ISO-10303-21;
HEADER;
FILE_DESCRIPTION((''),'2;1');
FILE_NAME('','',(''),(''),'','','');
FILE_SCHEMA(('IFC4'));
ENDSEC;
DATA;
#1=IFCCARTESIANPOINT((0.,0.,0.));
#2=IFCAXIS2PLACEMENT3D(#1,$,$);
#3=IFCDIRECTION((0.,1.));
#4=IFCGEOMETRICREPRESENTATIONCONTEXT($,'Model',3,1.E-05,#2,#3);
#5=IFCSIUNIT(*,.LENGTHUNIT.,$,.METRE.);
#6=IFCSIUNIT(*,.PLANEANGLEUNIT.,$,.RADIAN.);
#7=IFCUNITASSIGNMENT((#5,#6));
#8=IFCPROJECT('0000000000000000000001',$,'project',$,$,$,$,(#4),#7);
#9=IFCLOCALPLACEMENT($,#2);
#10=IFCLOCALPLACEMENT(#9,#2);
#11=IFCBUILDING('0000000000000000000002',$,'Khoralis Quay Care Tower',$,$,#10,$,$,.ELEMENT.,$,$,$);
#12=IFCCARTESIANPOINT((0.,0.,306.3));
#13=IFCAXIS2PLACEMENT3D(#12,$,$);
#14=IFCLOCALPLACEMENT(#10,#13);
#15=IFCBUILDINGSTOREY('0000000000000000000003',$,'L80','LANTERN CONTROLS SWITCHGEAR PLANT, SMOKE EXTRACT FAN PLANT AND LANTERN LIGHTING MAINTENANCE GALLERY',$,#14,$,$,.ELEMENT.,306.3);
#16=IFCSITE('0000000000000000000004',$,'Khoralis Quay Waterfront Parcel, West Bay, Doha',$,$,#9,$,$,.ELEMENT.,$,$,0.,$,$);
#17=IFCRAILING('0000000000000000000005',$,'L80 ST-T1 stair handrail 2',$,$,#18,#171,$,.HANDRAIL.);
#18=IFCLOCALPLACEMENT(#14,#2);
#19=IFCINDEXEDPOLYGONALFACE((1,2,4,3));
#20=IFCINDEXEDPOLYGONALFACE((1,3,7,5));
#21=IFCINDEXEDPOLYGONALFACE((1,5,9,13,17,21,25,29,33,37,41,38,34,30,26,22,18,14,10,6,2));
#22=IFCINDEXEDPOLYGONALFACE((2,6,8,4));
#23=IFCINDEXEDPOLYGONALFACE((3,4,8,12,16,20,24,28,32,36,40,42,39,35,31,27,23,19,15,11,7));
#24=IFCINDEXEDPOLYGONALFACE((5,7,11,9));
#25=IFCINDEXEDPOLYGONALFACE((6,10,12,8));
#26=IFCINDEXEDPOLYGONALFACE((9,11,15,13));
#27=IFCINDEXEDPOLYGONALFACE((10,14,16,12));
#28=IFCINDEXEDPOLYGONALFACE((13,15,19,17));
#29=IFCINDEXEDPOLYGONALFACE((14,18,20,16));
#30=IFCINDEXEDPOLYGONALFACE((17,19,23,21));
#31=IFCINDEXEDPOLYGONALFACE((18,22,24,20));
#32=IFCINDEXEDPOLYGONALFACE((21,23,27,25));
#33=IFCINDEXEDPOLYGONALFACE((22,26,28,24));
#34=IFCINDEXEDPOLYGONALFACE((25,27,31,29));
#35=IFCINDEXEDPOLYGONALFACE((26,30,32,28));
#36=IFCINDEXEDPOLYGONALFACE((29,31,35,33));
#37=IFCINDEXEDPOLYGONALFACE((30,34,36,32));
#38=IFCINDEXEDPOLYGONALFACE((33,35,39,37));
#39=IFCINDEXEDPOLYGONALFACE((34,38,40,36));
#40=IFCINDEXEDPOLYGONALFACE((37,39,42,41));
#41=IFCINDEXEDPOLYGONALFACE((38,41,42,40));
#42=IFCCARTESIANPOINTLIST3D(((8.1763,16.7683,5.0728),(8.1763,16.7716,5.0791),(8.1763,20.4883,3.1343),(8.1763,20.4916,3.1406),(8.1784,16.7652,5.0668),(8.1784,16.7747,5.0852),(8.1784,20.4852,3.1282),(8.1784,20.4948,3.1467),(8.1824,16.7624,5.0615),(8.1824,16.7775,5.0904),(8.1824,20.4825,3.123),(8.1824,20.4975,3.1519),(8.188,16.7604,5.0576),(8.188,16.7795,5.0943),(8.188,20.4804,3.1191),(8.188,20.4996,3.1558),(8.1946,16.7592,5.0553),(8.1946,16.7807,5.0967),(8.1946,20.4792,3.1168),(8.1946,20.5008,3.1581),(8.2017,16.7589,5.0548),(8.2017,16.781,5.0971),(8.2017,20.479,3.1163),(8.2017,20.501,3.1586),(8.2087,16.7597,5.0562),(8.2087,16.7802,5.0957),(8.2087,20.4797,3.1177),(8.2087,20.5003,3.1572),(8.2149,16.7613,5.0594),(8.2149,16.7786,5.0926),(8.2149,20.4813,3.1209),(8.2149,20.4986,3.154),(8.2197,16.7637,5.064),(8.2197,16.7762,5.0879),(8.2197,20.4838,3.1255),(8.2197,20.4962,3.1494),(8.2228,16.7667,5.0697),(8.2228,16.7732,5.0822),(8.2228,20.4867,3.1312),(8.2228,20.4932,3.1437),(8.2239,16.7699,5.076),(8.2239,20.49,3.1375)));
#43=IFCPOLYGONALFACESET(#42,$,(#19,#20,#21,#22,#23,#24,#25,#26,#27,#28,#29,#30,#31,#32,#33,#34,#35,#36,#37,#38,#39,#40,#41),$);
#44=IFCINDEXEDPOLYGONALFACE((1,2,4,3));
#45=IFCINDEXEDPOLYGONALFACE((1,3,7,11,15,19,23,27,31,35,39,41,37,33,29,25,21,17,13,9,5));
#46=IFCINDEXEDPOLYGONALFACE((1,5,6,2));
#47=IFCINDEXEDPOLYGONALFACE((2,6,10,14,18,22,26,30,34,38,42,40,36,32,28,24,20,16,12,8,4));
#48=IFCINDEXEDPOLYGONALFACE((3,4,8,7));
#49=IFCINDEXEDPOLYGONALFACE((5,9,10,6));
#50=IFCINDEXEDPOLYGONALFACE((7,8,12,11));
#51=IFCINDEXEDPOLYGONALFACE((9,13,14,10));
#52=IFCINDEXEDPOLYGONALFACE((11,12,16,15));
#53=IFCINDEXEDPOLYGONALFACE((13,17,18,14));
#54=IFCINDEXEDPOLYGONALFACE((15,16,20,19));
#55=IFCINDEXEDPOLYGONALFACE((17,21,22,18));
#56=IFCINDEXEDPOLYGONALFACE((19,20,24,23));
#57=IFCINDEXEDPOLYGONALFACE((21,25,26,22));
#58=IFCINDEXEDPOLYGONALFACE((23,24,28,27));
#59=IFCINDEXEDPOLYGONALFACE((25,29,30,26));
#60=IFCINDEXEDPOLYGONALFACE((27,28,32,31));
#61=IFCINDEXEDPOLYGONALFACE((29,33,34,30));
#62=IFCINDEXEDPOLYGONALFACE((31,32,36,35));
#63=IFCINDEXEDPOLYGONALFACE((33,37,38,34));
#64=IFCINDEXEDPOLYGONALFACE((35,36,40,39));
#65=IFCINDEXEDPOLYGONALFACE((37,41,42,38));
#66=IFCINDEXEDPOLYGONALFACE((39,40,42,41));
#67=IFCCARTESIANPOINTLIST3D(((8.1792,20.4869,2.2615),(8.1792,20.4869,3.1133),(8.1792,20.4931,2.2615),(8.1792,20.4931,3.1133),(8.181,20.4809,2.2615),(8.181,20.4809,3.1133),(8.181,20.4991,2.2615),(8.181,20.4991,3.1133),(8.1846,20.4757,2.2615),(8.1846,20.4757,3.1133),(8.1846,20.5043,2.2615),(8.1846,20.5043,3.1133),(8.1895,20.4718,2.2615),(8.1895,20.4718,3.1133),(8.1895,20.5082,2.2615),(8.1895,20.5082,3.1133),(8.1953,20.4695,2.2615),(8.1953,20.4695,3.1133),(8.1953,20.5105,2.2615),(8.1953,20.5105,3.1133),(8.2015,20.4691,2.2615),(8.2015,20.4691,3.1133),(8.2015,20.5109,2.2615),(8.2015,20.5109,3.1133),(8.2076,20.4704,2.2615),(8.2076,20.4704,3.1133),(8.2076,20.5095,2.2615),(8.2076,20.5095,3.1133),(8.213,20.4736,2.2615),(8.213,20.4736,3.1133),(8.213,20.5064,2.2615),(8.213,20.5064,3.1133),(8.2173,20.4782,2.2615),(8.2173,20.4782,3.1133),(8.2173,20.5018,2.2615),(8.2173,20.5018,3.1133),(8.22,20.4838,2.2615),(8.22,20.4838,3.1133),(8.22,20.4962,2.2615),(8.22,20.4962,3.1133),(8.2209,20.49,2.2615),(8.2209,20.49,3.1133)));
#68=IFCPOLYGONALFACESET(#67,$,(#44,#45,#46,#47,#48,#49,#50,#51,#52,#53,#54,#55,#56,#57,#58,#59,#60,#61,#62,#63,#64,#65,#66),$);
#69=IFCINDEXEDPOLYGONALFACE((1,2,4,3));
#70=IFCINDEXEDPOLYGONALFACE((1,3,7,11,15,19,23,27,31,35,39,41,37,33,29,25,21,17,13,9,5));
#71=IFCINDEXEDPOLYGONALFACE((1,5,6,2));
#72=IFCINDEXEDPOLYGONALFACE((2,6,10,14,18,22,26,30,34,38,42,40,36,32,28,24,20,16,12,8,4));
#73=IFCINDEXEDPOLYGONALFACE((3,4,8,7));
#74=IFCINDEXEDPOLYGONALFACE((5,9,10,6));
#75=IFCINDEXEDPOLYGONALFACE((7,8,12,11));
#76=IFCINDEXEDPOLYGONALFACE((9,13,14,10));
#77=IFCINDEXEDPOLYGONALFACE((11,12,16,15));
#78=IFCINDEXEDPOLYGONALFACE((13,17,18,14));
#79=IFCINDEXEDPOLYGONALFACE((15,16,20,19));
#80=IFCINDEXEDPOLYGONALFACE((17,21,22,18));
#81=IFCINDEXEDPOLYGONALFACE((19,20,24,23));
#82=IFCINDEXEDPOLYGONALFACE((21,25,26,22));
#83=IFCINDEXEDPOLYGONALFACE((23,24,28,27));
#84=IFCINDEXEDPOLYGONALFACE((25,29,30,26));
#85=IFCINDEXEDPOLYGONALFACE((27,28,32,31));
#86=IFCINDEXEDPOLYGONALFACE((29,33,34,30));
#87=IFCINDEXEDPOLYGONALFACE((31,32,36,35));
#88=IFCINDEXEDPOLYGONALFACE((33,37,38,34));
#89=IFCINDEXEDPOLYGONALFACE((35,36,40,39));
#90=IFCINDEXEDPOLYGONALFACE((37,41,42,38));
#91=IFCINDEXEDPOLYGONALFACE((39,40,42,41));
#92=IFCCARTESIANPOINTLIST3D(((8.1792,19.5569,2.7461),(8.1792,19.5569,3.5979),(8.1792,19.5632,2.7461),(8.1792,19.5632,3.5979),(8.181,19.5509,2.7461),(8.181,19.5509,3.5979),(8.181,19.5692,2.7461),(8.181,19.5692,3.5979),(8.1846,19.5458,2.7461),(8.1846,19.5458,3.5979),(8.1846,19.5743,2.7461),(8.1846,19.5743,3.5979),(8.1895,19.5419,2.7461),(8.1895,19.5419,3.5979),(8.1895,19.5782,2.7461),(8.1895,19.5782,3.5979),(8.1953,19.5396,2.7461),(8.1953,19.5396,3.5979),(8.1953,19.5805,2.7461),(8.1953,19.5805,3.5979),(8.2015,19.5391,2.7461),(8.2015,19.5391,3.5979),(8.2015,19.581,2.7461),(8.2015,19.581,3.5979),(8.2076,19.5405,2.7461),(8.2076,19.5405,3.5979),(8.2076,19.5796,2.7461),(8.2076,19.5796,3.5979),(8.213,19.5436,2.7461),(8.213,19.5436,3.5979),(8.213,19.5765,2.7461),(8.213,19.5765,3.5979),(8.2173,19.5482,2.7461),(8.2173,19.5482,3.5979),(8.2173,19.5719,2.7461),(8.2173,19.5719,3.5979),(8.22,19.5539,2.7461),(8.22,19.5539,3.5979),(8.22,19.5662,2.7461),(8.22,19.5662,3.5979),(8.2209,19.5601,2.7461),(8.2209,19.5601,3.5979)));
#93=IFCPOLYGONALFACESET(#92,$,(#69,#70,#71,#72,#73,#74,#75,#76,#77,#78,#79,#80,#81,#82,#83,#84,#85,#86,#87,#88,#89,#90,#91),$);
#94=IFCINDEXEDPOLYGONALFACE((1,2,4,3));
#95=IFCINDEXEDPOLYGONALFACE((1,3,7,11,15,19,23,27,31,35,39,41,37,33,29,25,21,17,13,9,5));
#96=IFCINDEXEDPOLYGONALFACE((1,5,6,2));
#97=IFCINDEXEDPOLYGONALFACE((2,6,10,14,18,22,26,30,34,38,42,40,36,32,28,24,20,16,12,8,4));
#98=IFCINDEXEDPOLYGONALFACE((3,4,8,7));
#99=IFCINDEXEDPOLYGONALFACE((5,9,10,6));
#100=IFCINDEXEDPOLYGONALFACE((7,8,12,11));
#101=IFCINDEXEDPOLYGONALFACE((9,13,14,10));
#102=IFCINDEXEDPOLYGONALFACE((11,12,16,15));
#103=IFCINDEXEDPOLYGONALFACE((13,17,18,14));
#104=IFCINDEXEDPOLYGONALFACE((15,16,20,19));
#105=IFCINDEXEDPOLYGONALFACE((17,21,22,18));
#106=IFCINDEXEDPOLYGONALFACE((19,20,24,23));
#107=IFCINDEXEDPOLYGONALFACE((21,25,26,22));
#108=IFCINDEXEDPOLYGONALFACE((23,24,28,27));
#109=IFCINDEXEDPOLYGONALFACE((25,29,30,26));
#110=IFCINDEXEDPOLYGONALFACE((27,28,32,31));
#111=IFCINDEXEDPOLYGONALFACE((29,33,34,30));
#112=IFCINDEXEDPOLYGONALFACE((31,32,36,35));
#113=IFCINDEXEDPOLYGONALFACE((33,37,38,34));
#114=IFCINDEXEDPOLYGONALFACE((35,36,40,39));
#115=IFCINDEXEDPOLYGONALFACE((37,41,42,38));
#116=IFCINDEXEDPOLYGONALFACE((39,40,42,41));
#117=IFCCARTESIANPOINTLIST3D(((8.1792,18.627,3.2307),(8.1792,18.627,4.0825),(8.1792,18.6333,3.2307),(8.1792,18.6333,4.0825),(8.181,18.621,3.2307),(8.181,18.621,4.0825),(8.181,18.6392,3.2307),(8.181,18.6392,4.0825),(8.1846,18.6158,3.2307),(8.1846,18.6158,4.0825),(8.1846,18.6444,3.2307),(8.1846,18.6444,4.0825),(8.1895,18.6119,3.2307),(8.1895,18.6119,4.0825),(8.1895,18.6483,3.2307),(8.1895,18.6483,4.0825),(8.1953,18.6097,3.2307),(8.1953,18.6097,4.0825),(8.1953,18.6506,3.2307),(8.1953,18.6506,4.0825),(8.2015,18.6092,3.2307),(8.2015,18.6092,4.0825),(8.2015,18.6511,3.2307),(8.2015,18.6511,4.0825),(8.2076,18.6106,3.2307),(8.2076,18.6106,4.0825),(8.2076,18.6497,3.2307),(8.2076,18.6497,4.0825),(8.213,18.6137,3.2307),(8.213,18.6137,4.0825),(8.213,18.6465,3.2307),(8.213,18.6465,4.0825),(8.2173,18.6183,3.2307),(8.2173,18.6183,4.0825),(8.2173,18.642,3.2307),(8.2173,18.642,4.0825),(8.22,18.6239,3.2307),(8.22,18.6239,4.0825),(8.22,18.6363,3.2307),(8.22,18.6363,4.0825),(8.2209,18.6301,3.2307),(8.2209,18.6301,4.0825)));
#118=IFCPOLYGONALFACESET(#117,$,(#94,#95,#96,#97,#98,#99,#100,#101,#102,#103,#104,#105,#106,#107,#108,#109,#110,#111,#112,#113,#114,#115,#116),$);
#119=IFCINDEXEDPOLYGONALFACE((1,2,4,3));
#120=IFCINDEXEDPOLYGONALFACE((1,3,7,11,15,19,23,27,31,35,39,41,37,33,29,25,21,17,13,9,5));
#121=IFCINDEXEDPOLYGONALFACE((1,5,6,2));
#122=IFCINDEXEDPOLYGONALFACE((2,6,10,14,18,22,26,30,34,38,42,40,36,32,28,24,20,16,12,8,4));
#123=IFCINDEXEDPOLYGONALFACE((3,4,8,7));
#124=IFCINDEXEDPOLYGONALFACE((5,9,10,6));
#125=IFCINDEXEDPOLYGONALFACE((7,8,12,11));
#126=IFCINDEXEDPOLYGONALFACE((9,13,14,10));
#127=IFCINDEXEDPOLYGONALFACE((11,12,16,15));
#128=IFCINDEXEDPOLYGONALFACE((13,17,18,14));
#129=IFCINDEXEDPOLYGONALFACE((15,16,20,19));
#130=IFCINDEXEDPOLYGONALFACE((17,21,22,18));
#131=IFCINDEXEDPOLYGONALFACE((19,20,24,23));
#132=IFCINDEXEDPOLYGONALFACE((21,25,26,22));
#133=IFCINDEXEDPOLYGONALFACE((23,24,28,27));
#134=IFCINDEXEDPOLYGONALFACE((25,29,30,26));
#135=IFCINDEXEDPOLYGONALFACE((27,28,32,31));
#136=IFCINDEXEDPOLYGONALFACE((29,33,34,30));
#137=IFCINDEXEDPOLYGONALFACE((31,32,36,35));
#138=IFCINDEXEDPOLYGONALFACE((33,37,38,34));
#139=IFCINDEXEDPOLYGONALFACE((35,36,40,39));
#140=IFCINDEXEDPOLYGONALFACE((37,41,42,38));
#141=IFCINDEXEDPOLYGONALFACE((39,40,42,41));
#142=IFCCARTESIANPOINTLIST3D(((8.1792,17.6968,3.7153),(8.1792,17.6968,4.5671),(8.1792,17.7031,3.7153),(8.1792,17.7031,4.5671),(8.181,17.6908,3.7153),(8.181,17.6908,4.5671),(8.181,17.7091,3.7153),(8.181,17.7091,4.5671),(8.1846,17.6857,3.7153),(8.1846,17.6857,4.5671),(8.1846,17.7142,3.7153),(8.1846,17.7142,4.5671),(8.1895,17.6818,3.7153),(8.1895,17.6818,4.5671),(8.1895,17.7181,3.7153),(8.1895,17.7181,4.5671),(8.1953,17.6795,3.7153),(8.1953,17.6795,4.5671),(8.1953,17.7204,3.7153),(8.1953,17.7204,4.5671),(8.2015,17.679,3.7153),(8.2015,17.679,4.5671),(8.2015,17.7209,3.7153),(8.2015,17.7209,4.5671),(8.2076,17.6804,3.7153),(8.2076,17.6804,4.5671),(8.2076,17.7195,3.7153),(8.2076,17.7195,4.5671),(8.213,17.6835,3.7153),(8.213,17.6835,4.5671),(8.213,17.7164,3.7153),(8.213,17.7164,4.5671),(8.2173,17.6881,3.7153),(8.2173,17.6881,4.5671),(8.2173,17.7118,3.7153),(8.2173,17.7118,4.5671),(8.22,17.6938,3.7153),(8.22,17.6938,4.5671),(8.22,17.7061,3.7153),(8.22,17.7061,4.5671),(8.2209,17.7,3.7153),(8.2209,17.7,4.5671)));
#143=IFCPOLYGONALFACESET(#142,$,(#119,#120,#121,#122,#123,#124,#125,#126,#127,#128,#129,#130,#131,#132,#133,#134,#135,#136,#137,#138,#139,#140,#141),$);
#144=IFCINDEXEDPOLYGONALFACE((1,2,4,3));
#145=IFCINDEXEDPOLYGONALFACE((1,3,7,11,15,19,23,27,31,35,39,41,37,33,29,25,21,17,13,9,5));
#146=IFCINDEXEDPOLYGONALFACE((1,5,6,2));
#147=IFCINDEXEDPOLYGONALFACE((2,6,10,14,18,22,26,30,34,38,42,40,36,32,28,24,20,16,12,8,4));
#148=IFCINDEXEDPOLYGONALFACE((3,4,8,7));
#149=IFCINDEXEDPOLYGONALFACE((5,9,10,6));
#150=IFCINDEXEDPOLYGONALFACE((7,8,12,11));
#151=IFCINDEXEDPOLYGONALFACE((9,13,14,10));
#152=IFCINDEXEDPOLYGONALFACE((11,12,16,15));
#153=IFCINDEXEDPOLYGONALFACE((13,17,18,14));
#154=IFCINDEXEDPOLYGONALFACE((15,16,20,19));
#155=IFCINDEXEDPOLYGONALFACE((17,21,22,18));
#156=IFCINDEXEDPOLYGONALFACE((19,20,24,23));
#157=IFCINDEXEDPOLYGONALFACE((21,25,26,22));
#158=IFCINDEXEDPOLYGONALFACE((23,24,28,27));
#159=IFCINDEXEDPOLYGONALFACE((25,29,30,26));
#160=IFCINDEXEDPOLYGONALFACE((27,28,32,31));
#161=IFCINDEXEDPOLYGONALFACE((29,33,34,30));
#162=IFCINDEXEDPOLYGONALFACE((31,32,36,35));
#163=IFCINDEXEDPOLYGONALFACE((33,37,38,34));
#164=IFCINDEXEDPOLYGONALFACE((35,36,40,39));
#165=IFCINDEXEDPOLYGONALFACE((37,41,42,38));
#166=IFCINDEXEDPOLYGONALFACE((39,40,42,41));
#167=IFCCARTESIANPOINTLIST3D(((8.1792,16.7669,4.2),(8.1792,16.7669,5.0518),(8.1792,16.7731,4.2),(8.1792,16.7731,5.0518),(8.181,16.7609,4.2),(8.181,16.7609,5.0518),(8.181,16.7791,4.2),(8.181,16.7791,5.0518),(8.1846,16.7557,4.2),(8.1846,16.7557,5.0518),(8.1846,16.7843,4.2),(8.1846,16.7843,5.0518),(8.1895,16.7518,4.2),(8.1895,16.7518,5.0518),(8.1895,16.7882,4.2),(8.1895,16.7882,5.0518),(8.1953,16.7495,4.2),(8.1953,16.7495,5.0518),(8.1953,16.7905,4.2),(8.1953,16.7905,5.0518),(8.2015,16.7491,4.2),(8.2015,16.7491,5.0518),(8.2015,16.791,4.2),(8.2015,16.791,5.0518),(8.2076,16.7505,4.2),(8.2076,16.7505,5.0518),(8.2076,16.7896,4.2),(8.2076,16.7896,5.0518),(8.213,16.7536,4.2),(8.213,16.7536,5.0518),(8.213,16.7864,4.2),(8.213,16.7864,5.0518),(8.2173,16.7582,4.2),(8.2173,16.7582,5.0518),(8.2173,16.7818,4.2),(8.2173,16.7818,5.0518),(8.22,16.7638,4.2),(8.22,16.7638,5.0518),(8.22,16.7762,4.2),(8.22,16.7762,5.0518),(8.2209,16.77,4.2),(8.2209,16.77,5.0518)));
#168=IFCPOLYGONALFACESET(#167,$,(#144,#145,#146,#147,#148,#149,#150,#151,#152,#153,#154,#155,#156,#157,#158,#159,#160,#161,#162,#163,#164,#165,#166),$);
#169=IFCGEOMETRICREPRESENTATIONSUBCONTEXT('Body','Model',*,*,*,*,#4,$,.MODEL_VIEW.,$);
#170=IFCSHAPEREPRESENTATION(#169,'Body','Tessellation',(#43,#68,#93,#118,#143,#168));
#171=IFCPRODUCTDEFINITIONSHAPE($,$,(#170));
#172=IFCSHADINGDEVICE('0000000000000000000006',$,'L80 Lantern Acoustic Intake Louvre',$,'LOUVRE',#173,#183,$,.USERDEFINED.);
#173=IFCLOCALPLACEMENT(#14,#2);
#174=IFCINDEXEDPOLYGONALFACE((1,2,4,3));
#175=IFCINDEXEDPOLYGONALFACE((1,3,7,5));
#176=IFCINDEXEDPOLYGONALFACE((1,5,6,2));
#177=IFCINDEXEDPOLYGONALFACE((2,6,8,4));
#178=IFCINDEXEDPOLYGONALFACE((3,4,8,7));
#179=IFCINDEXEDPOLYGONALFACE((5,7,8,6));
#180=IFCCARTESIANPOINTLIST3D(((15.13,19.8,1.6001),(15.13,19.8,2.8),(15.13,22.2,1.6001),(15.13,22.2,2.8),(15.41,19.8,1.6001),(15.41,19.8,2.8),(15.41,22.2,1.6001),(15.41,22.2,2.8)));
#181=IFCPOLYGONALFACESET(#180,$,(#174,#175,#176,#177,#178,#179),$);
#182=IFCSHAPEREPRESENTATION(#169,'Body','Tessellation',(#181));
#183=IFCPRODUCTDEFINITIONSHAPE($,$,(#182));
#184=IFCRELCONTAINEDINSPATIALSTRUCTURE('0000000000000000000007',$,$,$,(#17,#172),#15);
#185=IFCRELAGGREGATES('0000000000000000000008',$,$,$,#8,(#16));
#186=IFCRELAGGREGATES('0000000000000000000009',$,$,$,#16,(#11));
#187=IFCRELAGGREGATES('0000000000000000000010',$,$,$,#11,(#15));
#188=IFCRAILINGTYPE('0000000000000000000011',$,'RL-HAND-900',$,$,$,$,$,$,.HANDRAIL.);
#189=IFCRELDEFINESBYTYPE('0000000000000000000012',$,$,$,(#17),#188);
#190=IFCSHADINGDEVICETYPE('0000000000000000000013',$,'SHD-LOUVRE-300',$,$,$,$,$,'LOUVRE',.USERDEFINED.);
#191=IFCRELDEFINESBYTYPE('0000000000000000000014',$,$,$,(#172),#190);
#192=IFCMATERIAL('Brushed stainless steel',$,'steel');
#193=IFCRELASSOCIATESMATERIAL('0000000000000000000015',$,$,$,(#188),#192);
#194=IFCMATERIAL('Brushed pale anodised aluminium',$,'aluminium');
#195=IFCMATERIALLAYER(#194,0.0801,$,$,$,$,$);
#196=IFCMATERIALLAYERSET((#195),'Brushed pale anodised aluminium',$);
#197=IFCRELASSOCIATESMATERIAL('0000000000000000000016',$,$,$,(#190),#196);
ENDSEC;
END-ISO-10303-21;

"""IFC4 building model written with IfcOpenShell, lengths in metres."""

from ifc_helpers import new_model, si_unit, direction, frame, origin, origin_2d, place, context, subcontext, project, spatial, rectangle, circle, extrude, source, transform, mapped, material, layer, layer_set, type_object, element, save


model = new_model("IFC4")

# Units and contexts
model_context = context("Model", 3, precision=1e-05, world=origin(), true_north=direction((0.0, 1.0)))
body_context = subcontext(model_context, "Body", "Model", "MODEL_VIEW")
ifc_project = project(units=[si_unit("LENGTHUNIT", "METRE"), si_unit("PLANEANGLEUNIT", "RADIAN")], contexts=[model_context])

# Site, building, storey
site_placement = place(None, origin())
site = spatial("IfcSite", under=ifc_project, at=site_placement, Name="Khoralis Quay Waterfront Parcel, West Bay, Doha", CompositionType="ELEMENT", RefElevation=0.0)
building_placement = place(site_placement, origin())
building = spatial("IfcBuilding", under=site, at=building_placement, Name="Khoralis Quay Care Tower", CompositionType="ELEMENT")
storey_placement = place(building_placement, frame((0.0, 0.0, 306.3)))
storey = spatial("IfcBuildingStorey", under=building, at=storey_placement, Name="L80", Description="LANTERN CONTROLS SWITCHGEAR PLANT, SMOKE EXTRACT FAN PLANT AND LANTERN LIGHTING MAINTENANCE GALLERY", CompositionType="ELEMENT", Elevation=306.3)

# Railing
ifc_material_1 = material(Name="Brushed stainless steel", Category="steel")
railing_type_1 = type_object("IfcRailingType", Name="RL-HAND-900", PredefinedType="HANDRAIL", material=ifc_material_1)
railing_1_placement = place(storey_placement, frame((8.2, 20.49, 2.2615)))
element("IfcRailing", 1, at=railing_1_placement, inside=storey, type_object=railing_type_1, Name="L80 ST-T1 stair handrail 2", PredefinedType="HANDRAIL", context=body_context, shape_type="SweptSolid", body=[
    extrude(circle(Radius=0.0239, at=origin_2d()), frame((0.0, 0.0, 0.876), z_axis=(0.0, -0.886817, 0.46212), x_axis=(1.0, 0.0, 0.0)), (0.0, 0.0, 1.0), 4.1948),
    extrude(circle(Radius=0.021, at=origin_2d()), origin(), (0.0, 0.0, 1.0), 0.8518),
    extrude(circle(Radius=0.021, at=origin_2d()), frame((0.0, -0.9299, 0.4846)), (0.0, 0.0, 1.0), 0.8518),
    extrude(circle(Radius=0.021, at=origin_2d()), frame((0.0, -1.8599, 0.9692)), (0.0, 0.0, 1.0), 0.8518),
    extrude(circle(Radius=0.021, at=origin_2d()), frame((0.0, -2.79, 1.4539)), (0.0, 0.0, 1.0), 0.8518),
    extrude(circle(Radius=0.021, at=origin_2d()), frame((0.0, -3.72, 1.9385)), (0.0, 0.0, 1.0), 0.8518),
])

# Shading device
ifc_material_2 = material(Name="Brushed pale anodised aluminium", Category="aluminium")
ifc_layer_1 = layer(ifc_material_2, 0.0801)
ifc_layer_set_1 = layer_set([ifc_layer_1], Name="Brushed pale anodised aluminium")
shading_device_type = type_object("IfcShadingDeviceType", Name="SHD-LOUVRE-300", ElementType="LOUVRE", PredefinedType="USERDEFINED", material=ifc_layer_set_1)
shared_shape_1 = source(origin(), body_context, "Body", "SweptSolid", [
    extrude(rectangle(XDim=0.28, YDim=2.3999, at=origin_2d()), origin(), (0.0, 0.0, 1.0), 1.2),
])
shading_device_placement = place(storey_placement, frame((15.27, 21.0, 1.6001), z_axis=(0.0, 0.0, 1.0), x_axis=(1.0, 0.0, 0.0)))
element("IfcShadingDevice", 2, at=shading_device_placement, inside=storey, type_object=shading_device_type, Name="L80 Lantern Acoustic Intake Louvre", ObjectType="LOUVRE", PredefinedType="USERDEFINED", context=body_context, shape_type="MappedRepresentation", body=[
    mapped(shared_shape_1, transform((0.0, 0.0, 0.0), scale=1.0)),
])

save(model, "model.ifc")
